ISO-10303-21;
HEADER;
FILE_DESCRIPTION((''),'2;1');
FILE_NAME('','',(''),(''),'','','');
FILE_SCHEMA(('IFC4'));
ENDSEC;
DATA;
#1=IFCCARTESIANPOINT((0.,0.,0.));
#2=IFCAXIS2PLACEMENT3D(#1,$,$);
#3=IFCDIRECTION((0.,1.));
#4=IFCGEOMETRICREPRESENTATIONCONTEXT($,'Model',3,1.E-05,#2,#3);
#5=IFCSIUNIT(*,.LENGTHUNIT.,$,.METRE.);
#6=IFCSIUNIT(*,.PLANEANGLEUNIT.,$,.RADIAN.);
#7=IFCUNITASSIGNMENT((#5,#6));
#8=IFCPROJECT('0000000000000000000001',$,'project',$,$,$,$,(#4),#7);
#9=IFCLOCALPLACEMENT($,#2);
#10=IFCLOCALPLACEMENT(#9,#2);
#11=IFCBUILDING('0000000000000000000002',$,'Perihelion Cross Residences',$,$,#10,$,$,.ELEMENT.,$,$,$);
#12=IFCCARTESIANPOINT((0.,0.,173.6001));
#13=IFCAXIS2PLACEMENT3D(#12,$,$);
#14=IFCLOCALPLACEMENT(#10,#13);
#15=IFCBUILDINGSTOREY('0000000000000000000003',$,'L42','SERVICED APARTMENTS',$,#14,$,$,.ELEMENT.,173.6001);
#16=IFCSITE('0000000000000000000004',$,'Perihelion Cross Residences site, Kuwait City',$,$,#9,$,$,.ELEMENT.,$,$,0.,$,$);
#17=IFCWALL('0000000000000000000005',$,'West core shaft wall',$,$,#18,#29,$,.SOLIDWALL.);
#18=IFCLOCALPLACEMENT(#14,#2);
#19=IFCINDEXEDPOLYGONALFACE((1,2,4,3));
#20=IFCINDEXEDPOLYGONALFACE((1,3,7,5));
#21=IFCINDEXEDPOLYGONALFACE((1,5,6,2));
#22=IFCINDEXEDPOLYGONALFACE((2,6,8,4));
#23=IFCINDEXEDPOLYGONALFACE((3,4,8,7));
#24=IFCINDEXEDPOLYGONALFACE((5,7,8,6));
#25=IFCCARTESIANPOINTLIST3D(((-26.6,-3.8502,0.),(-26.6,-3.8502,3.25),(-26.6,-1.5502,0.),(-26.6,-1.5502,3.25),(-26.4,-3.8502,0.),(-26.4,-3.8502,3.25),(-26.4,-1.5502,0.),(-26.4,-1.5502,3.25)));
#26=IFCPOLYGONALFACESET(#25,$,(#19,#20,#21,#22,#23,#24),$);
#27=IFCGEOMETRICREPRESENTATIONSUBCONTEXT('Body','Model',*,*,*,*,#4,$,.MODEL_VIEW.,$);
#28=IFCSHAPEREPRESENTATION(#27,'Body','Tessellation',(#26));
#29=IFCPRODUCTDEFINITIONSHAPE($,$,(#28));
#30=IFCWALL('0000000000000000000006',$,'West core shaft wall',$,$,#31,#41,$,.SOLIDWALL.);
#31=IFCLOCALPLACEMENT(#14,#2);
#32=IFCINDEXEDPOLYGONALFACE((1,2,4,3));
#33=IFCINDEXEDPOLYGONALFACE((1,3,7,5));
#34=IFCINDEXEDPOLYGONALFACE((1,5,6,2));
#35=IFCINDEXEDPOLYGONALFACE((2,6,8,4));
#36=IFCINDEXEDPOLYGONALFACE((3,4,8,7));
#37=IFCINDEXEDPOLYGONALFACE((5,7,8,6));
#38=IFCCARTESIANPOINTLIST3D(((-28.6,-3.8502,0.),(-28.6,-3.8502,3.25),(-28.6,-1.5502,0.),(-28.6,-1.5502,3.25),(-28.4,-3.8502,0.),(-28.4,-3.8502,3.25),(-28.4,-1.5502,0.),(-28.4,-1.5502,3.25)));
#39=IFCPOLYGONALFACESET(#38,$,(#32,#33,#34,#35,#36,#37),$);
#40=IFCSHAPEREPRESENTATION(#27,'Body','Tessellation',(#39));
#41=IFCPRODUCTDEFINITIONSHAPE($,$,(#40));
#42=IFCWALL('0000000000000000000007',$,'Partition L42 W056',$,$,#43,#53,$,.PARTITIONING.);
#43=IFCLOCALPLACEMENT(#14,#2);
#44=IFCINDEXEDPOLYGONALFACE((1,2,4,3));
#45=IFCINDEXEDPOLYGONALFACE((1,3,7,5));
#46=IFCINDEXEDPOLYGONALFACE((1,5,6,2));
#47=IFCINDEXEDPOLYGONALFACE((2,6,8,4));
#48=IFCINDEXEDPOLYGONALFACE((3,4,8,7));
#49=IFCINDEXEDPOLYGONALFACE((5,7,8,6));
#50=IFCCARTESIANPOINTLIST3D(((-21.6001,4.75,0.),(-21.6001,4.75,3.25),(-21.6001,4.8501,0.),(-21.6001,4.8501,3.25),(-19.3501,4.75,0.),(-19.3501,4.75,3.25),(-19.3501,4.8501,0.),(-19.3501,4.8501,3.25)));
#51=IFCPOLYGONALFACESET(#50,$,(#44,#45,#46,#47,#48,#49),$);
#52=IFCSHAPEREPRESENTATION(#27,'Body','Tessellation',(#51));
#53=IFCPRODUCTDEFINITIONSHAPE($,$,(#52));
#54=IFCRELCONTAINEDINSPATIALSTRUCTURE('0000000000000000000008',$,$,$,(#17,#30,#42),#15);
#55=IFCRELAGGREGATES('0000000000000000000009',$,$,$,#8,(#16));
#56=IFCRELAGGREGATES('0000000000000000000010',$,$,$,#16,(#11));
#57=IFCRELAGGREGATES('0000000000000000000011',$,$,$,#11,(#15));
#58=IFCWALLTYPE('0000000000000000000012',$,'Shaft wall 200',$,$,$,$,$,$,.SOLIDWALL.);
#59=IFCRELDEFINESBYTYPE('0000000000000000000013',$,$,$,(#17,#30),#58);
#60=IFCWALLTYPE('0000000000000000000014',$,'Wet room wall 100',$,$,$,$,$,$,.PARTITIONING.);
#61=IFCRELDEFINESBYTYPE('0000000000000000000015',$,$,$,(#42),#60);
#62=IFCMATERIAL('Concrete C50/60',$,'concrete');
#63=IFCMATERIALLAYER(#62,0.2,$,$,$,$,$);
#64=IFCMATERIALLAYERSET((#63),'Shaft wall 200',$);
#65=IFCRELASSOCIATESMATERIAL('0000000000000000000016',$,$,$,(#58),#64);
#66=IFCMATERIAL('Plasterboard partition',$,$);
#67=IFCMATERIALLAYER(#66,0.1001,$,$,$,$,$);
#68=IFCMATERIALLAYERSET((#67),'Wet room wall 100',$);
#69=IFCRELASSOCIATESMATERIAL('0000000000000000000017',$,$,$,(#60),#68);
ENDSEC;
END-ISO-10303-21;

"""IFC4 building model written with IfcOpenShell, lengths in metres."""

from ifc_helpers import new_model, si_unit, direction, frame, frame_2d, origin, place, context, subcontext, project, spatial, rectangle, extrude, material, layer, layer_set, type_object, element, save


model = new_model("IFC4")

# Units and contexts
model_context = context("Model", 3, precision=1e-05, world=origin(), true_north=direction((0.0, 1.0)))
body_context = subcontext(model_context, "Body", "Model", "MODEL_VIEW")
ifc_project = project(units=[si_unit("LENGTHUNIT", "METRE"), si_unit("PLANEANGLEUNIT", "RADIAN")], contexts=[model_context])

# Site, building, storey
site_placement = place(None, origin())
site = spatial("IfcSite", under=ifc_project, at=site_placement, Name="Perihelion Cross Residences site, Kuwait City", CompositionType="ELEMENT", RefElevation=0.0)
building_placement = place(site_placement, origin())
building = spatial("IfcBuilding", under=site, at=building_placement, Name="Perihelion Cross Residences", CompositionType="ELEMENT")
storey_placement = place(building_placement, frame((0.0, 0.0, 173.6001)))
storey = spatial("IfcBuildingStorey", under=building, at=storey_placement, Name="L42", Description="SERVICED APARTMENTS", CompositionType="ELEMENT", Elevation=173.6001)

# Shared definitions
ifc_material_1 = material(Name="Concrete C50/60", Category="concrete")
ifc_layer_1 = layer(ifc_material_1, 0.2)
ifc_layer_set_1 = layer_set([ifc_layer_1], Name="Shaft wall 200")
wall_type_1 = type_object("IfcWallType", Name="Shaft wall 200", PredefinedType="SOLIDWALL", material=ifc_layer_set_1)

# Walls
for number, where, z_axis, x_axis, name in (
    (1, (-26.5, -3.8501, 0.0), (0.0, 0.0, 1.0), (0.0, 1.0, 0.0), "West core shaft wall"),
    (2, (-28.5, -3.8501, 0.0), (0.0, 0.0, 1.0), (0.0, 1.0, 0.0), "West core shaft wall"),
):
    element("IfcWall", number, at=place(storey_placement, frame(where, z_axis=z_axis, x_axis=x_axis)), inside=storey, type_object=wall_type_1, Name=name, PredefinedType="SOLIDWALL", context=body_context, shape_type="SweptSolid", body=[
        extrude(rectangle(XDim=2.3, YDim=0.2, at=frame_2d((1.1499, 0.0))), origin(), (0.0, 0.0, 1.0), 3.25),
    ])
ifc_material_2 = material(Name="Plasterboard partition")
ifc_layer_2 = layer(ifc_material_2, 0.1001)
ifc_layer_set_2 = layer_set([ifc_layer_2], Name="Wet room wall 100")
wall_type_2 = type_object("IfcWallType", Name="Wet room wall 100", PredefinedType="PARTITIONING", material=ifc_layer_set_2)
wall_1_placement = place(storey_placement, frame((-21.6001, 4.8, 0.0), z_axis=(0.0, 0.0, 1.0), x_axis=(1.0, 0.0, 0.0)))
element("IfcWall", 3, at=wall_1_placement, inside=storey, type_object=wall_type_2, Name="Partition L42 W056", PredefinedType="PARTITIONING", context=body_context, shape_type="SweptSolid", body=[
    extrude(rectangle(XDim=2.25, YDim=0.1001, at=frame_2d((1.125, 0.0))), origin(), (0.0, 0.0, 1.0), 3.25),
])

save(model, "model.ifc")
